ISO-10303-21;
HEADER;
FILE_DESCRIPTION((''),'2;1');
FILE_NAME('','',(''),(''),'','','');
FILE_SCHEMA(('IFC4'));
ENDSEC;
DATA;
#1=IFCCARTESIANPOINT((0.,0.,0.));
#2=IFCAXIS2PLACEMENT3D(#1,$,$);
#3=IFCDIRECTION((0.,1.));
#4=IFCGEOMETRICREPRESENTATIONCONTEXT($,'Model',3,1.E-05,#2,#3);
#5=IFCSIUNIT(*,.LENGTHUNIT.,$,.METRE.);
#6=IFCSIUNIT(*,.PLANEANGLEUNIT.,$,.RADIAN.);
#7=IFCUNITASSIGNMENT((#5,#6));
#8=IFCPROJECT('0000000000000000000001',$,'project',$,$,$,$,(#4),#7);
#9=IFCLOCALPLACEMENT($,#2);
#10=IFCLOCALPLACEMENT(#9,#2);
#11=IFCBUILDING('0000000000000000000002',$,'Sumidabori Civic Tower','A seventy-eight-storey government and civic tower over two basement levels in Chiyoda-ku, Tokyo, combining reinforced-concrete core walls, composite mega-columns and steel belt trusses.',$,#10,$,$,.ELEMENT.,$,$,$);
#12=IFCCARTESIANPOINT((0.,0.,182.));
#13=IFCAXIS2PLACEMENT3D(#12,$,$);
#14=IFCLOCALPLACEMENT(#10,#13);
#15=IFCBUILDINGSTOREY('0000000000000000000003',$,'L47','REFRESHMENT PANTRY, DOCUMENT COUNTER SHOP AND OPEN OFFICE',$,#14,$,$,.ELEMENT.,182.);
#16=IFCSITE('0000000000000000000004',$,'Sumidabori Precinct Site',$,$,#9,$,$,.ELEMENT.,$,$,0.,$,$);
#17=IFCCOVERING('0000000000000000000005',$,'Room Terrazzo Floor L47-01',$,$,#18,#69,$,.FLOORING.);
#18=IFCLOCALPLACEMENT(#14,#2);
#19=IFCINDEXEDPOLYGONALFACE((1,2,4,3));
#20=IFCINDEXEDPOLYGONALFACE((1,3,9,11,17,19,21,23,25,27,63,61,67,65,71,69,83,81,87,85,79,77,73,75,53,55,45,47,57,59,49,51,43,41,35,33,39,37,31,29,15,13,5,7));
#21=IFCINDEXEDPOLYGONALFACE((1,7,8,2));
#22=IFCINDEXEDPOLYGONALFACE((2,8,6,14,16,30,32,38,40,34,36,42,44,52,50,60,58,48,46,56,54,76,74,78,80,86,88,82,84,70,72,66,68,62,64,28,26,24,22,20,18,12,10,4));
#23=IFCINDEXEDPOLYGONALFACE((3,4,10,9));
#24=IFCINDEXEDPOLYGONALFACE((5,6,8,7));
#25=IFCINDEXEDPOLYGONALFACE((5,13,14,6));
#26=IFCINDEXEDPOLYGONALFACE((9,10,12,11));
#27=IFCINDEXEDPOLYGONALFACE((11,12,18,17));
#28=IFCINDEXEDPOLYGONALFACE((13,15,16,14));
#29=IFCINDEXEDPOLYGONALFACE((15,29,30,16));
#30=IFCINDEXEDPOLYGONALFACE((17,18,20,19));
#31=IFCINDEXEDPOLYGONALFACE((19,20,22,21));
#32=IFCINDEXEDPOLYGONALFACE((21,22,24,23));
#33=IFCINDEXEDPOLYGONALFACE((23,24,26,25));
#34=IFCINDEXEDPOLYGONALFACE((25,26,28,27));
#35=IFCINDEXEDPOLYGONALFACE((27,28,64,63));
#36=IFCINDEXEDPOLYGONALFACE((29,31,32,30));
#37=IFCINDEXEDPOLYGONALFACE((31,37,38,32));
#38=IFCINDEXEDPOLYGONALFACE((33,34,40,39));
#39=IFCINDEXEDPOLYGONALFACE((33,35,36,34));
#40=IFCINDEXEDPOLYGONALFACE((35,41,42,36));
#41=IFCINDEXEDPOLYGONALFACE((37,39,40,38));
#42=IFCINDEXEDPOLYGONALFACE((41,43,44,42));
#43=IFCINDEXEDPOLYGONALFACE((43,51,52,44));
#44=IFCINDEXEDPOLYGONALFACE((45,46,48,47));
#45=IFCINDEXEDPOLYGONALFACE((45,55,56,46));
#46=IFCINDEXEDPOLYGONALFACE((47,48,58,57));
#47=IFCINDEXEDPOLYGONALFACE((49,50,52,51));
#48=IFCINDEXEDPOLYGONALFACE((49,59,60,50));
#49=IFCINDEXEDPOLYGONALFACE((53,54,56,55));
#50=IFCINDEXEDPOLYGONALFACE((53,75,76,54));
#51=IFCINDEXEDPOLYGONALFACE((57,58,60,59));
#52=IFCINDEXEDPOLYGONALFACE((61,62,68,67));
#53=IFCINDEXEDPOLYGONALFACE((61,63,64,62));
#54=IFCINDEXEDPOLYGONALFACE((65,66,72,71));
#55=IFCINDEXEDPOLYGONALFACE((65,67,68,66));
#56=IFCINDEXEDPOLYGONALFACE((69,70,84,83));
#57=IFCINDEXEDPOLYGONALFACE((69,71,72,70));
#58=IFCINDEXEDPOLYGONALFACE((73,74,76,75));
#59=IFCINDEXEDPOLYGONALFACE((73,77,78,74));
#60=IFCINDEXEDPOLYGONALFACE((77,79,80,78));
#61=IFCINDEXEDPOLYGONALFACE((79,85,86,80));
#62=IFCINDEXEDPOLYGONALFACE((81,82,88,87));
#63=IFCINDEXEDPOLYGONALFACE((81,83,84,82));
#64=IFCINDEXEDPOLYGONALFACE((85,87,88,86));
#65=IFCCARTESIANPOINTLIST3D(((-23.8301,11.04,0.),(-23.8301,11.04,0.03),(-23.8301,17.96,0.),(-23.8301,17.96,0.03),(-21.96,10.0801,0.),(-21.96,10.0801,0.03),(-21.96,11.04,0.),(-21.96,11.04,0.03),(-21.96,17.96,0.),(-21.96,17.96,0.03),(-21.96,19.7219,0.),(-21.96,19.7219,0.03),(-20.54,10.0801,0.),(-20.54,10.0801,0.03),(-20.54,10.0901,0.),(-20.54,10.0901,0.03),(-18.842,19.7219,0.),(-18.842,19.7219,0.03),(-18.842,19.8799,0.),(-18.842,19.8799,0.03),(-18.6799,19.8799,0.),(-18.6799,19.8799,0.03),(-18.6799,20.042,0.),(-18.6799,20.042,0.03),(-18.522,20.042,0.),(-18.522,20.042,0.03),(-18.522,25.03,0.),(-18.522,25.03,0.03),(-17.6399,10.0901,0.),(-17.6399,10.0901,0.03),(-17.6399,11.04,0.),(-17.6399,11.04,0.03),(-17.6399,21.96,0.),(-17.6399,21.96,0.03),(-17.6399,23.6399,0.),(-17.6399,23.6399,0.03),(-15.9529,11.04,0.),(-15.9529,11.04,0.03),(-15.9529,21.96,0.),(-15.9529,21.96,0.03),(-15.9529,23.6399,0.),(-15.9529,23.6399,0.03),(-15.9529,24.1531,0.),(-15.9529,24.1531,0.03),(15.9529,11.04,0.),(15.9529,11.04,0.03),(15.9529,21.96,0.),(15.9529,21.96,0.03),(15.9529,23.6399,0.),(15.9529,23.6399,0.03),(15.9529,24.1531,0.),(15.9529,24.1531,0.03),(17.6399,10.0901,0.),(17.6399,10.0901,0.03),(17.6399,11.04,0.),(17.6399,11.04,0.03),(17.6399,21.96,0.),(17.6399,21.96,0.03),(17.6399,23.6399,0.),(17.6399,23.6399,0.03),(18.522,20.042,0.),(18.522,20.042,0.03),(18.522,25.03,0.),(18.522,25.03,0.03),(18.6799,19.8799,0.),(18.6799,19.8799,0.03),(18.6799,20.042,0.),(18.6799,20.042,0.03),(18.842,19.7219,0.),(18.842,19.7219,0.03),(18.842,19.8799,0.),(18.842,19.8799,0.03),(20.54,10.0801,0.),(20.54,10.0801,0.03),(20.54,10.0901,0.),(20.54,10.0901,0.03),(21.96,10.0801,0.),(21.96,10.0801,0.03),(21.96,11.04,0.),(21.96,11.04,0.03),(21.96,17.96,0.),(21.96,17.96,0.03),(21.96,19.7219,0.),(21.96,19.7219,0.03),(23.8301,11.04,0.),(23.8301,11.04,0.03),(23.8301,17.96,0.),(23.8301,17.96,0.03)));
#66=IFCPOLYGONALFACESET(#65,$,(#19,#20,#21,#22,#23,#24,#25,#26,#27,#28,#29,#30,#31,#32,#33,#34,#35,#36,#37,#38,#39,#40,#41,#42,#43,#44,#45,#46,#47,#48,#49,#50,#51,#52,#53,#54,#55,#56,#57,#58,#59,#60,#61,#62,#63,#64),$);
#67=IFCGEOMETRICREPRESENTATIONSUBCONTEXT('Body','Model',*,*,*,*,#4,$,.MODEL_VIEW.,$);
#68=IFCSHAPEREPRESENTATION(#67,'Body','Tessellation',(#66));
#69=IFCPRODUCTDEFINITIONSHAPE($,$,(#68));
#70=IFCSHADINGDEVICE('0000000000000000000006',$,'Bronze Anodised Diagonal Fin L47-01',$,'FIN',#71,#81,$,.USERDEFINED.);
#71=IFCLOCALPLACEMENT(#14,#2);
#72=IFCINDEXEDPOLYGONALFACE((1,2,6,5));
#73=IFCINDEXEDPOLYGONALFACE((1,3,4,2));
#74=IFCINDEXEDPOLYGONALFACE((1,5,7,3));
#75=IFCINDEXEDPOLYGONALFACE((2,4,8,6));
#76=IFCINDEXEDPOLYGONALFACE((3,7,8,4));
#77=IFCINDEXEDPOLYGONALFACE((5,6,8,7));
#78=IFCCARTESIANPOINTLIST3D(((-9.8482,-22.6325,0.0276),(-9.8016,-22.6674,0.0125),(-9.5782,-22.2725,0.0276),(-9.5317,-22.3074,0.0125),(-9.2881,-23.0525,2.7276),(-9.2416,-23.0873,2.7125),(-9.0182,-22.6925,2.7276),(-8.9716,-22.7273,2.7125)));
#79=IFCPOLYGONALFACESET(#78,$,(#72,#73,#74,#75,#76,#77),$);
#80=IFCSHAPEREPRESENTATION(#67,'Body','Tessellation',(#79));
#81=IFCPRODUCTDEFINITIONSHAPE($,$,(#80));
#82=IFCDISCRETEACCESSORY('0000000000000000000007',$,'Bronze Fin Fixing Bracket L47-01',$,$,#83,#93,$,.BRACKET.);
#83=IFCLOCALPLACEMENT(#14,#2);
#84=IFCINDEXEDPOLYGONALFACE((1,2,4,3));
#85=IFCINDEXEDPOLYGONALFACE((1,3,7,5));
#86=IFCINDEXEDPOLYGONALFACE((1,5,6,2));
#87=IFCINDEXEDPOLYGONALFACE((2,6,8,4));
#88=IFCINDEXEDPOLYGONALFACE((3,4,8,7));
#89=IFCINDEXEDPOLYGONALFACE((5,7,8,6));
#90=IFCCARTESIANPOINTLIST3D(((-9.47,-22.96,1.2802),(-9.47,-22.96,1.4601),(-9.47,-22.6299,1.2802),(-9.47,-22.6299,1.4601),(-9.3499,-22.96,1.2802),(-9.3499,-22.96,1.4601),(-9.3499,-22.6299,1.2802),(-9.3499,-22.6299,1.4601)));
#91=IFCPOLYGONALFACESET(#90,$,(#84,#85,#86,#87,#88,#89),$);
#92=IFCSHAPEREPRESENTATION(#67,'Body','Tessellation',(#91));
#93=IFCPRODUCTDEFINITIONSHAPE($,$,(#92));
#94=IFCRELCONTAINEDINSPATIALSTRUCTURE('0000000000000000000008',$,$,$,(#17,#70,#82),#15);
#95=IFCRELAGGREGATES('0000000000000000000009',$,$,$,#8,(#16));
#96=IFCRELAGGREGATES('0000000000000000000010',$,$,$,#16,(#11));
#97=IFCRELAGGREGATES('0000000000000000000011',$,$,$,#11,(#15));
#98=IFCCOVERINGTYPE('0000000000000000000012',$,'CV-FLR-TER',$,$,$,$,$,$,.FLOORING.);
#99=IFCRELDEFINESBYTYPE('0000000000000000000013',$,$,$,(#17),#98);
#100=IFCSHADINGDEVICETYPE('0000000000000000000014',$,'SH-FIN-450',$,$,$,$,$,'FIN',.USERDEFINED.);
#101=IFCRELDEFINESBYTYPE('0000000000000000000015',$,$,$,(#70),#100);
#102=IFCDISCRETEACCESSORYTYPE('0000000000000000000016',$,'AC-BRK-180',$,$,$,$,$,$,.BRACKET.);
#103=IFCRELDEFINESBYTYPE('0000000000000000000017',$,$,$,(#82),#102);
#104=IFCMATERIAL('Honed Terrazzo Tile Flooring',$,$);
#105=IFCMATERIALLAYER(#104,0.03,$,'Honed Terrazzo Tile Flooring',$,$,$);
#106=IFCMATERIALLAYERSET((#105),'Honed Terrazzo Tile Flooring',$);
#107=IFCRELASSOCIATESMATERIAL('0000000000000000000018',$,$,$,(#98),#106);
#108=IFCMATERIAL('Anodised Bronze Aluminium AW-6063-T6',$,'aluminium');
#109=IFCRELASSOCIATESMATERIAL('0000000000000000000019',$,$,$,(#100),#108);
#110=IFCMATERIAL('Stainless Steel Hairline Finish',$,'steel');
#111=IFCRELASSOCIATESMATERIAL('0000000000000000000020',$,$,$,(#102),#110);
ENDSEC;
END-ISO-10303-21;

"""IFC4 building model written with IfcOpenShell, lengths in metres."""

from ifc_helpers import new_model, si_unit, direction, frame, origin, origin_2d, place, context, subcontext, project, spatial, polyline, rectangle, outline, extrude, source, transform, mapped, material, layer, layer_set, material_profile, profile_set, type_object, element, save


model = new_model("IFC4")

# Units and contexts
model_context = context("Model", 3, precision=1e-05, world=origin(), true_north=direction((0.0, 1.0)))
body_context = subcontext(model_context, "Body", "Model", "MODEL_VIEW")
ifc_project = project(units=[si_unit("LENGTHUNIT", "METRE"), si_unit("PLANEANGLEUNIT", "RADIAN")], contexts=[model_context])

# Site, building, storey
site_placement = place(None, origin())
site = spatial("IfcSite", under=ifc_project, at=site_placement, Name="Sumidabori Precinct Site", CompositionType="ELEMENT", RefElevation=0.0)
building_placement = place(site_placement, origin())
building = spatial("IfcBuilding", under=site, at=building_placement, Name="Sumidabori Civic Tower", Description="A seventy-eight-storey government and civic tower over two basement levels in Chiyoda-ku, Tokyo, combining reinforced-concrete core walls, composite mega-columns and steel belt trusses.", CompositionType="ELEMENT")
storey_placement = place(building_placement, frame((0.0, 0.0, 182.0)))
storey = spatial("IfcBuildingStorey", under=building, at=storey_placement, Name="L47", Description="REFRESHMENT PANTRY, DOCUMENT COUNTER SHOP AND OPEN OFFICE", CompositionType="ELEMENT", Elevation=182.0)

# Shared definitions
ifc_material_1 = material(Name="Anodised Bronze Aluminium AW-6063-T6", Category="aluminium")

# Covering
ifc_material_2 = material(Name="Honed Terrazzo Tile Flooring")
ifc_layer_1 = layer(ifc_material_2, 0.03, Name="Honed Terrazzo Tile Flooring")
ifc_layer_set_1 = layer_set([ifc_layer_1], Name="Honed Terrazzo Tile Flooring")
covering_type_1 = type_object("IfcCoveringType", Name="CV-FLR-TER", PredefinedType="FLOORING", material=ifc_layer_set_1)
covering_1_placement = place(storey_placement, origin())
element("IfcCovering", 1, at=covering_1_placement, inside=storey, type_object=covering_type_1, Name="Room Terrazzo Floor L47-01", PredefinedType="FLOORING", context=body_context, shape_type="SweptSolid", body=[
    extrude(outline(polyline([(-23.8301, 17.96), (-21.96, 17.96), (-21.96, 19.7219), (-18.842, 19.7219), (-18.842, 19.8799), (-18.6799, 19.8799), (-18.6799, 20.042), (-18.522, 20.042), (-18.522, 25.03), (18.522, 25.03), (18.522, 20.042), (18.6799, 20.042), (18.6799, 19.8799), (18.842, 19.8799), (18.842, 19.7219), (21.96, 19.7219), (21.96, 17.96), (23.8301, 17.96), (23.8301, 11.04), (21.96, 11.04), (21.96, 10.0801), (20.54, 10.0801), (20.54, 10.0901), (17.6399, 10.0901), (17.6399, 11.04), (15.9529, 11.04), (15.9529, 21.96), (17.6399, 21.96), (17.6399, 23.6399), (15.9529, 23.6399), (15.9529, 24.1531), (-15.9529, 24.1531), (-15.9529, 23.6399), (-17.6399, 23.6399), (-17.6399, 21.96), (-15.9529, 21.96), (-15.9529, 11.04), (-17.6399, 11.04), (-17.6399, 10.0901), (-20.54, 10.0901), (-20.54, 10.0801), (-21.96, 10.0801), (-21.96, 11.04), (-23.8301, 11.04), (-23.8301, 17.96)])), origin(), (0.0, 0.0, 1.0), 0.03),
])

# Shading device
ifc_material_profile_1 = material_profile(ifc_material_1, rectangle(XDim=0.0601, YDim=0.45, at=origin_2d()), Name="BRONZE FIN 450x60")
ifc_profile_set_1 = profile_set([ifc_material_profile_1], Name="Anodised Bronze Aluminium AW-6063-T6")
shading_device_type = type_object("IfcShadingDeviceType", Name="SH-FIN-450", ElementType="FIN", PredefinedType="USERDEFINED", material=ifc_profile_set_1)
shared_shape_1 = source(origin(), body_context, "Body", "SweptSolid", [
    extrude(rectangle(XDim=0.0601, YDim=0.45, at=origin_2d()), origin(), (0.0, 0.0, 1.0), 2.7893),
])
shading_device_placement = place(storey_placement, frame((-9.6899, -22.47, 0.02), z_axis=(0.200794, -0.150552, 0.967996), x_axis=(0.774478, -0.580689, -0.250966)))
element("IfcShadingDevice", 2, at=shading_device_placement, inside=storey, type_object=shading_device_type, Name="Bronze Anodised Diagonal Fin L47-01", ObjectType="FIN", PredefinedType="USERDEFINED", context=body_context, shape_type="MappedRepresentation", body=[
    mapped(shared_shape_1, transform((0.0, 0.0, 0.0), x_axis=(1.0, 0.0, 0.0), y_axis=(0.0, 1.0, 0.0), z_axis=(0.0, 0.0, 1.0), scale=1.0)),
])

# Discrete accessory
ifc_material_3 = material(Name="Stainless Steel Hairline Finish", Category="steel")
ifc_material_profile_2 = material_profile(ifc_material_3, rectangle(XDim=0.1201, YDim=0.1799, at=origin_2d()), Name="STEEL BRACKET 180x120")
ifc_profile_set_2 = profile_set([ifc_material_profile_2], Name="Stainless Steel Hairline Finish")
discrete_accessory_type = type_object("IfcDiscreteAccessoryType", Name="AC-BRK-180", PredefinedType="BRACKET", material=ifc_profile_set_2)
shared_shape_2 = source(origin(), body_context, "Body", "SweptSolid", [
    extrude(rectangle(XDim=0.1201, YDim=0.1799, at=origin_2d()), origin(), (0.0, 0.0, 1.0), 0.3301),
])
discrete_accessory_placement = place(storey_placement, frame((-9.4099, -22.6299, 1.3701), z_axis=(0.0, -1.0, 0.0), x_axis=(1.0, 0.0, 0.0)))
element("IfcDiscreteAccessory", 3, at=discrete_accessory_placement, inside=storey, type_object=discrete_accessory_type, Name="Bronze Fin Fixing Bracket L47-01", PredefinedType="BRACKET", context=body_context, shape_type="MappedRepresentation", body=[
    mapped(shared_shape_2, transform((0.0, 0.0, 0.0), x_axis=(1.0, 0.0, 0.0), y_axis=(0.0, 1.0, 0.0), z_axis=(0.0, 0.0, 1.0), scale=1.0)),
])

save(model, "model.ifc")
